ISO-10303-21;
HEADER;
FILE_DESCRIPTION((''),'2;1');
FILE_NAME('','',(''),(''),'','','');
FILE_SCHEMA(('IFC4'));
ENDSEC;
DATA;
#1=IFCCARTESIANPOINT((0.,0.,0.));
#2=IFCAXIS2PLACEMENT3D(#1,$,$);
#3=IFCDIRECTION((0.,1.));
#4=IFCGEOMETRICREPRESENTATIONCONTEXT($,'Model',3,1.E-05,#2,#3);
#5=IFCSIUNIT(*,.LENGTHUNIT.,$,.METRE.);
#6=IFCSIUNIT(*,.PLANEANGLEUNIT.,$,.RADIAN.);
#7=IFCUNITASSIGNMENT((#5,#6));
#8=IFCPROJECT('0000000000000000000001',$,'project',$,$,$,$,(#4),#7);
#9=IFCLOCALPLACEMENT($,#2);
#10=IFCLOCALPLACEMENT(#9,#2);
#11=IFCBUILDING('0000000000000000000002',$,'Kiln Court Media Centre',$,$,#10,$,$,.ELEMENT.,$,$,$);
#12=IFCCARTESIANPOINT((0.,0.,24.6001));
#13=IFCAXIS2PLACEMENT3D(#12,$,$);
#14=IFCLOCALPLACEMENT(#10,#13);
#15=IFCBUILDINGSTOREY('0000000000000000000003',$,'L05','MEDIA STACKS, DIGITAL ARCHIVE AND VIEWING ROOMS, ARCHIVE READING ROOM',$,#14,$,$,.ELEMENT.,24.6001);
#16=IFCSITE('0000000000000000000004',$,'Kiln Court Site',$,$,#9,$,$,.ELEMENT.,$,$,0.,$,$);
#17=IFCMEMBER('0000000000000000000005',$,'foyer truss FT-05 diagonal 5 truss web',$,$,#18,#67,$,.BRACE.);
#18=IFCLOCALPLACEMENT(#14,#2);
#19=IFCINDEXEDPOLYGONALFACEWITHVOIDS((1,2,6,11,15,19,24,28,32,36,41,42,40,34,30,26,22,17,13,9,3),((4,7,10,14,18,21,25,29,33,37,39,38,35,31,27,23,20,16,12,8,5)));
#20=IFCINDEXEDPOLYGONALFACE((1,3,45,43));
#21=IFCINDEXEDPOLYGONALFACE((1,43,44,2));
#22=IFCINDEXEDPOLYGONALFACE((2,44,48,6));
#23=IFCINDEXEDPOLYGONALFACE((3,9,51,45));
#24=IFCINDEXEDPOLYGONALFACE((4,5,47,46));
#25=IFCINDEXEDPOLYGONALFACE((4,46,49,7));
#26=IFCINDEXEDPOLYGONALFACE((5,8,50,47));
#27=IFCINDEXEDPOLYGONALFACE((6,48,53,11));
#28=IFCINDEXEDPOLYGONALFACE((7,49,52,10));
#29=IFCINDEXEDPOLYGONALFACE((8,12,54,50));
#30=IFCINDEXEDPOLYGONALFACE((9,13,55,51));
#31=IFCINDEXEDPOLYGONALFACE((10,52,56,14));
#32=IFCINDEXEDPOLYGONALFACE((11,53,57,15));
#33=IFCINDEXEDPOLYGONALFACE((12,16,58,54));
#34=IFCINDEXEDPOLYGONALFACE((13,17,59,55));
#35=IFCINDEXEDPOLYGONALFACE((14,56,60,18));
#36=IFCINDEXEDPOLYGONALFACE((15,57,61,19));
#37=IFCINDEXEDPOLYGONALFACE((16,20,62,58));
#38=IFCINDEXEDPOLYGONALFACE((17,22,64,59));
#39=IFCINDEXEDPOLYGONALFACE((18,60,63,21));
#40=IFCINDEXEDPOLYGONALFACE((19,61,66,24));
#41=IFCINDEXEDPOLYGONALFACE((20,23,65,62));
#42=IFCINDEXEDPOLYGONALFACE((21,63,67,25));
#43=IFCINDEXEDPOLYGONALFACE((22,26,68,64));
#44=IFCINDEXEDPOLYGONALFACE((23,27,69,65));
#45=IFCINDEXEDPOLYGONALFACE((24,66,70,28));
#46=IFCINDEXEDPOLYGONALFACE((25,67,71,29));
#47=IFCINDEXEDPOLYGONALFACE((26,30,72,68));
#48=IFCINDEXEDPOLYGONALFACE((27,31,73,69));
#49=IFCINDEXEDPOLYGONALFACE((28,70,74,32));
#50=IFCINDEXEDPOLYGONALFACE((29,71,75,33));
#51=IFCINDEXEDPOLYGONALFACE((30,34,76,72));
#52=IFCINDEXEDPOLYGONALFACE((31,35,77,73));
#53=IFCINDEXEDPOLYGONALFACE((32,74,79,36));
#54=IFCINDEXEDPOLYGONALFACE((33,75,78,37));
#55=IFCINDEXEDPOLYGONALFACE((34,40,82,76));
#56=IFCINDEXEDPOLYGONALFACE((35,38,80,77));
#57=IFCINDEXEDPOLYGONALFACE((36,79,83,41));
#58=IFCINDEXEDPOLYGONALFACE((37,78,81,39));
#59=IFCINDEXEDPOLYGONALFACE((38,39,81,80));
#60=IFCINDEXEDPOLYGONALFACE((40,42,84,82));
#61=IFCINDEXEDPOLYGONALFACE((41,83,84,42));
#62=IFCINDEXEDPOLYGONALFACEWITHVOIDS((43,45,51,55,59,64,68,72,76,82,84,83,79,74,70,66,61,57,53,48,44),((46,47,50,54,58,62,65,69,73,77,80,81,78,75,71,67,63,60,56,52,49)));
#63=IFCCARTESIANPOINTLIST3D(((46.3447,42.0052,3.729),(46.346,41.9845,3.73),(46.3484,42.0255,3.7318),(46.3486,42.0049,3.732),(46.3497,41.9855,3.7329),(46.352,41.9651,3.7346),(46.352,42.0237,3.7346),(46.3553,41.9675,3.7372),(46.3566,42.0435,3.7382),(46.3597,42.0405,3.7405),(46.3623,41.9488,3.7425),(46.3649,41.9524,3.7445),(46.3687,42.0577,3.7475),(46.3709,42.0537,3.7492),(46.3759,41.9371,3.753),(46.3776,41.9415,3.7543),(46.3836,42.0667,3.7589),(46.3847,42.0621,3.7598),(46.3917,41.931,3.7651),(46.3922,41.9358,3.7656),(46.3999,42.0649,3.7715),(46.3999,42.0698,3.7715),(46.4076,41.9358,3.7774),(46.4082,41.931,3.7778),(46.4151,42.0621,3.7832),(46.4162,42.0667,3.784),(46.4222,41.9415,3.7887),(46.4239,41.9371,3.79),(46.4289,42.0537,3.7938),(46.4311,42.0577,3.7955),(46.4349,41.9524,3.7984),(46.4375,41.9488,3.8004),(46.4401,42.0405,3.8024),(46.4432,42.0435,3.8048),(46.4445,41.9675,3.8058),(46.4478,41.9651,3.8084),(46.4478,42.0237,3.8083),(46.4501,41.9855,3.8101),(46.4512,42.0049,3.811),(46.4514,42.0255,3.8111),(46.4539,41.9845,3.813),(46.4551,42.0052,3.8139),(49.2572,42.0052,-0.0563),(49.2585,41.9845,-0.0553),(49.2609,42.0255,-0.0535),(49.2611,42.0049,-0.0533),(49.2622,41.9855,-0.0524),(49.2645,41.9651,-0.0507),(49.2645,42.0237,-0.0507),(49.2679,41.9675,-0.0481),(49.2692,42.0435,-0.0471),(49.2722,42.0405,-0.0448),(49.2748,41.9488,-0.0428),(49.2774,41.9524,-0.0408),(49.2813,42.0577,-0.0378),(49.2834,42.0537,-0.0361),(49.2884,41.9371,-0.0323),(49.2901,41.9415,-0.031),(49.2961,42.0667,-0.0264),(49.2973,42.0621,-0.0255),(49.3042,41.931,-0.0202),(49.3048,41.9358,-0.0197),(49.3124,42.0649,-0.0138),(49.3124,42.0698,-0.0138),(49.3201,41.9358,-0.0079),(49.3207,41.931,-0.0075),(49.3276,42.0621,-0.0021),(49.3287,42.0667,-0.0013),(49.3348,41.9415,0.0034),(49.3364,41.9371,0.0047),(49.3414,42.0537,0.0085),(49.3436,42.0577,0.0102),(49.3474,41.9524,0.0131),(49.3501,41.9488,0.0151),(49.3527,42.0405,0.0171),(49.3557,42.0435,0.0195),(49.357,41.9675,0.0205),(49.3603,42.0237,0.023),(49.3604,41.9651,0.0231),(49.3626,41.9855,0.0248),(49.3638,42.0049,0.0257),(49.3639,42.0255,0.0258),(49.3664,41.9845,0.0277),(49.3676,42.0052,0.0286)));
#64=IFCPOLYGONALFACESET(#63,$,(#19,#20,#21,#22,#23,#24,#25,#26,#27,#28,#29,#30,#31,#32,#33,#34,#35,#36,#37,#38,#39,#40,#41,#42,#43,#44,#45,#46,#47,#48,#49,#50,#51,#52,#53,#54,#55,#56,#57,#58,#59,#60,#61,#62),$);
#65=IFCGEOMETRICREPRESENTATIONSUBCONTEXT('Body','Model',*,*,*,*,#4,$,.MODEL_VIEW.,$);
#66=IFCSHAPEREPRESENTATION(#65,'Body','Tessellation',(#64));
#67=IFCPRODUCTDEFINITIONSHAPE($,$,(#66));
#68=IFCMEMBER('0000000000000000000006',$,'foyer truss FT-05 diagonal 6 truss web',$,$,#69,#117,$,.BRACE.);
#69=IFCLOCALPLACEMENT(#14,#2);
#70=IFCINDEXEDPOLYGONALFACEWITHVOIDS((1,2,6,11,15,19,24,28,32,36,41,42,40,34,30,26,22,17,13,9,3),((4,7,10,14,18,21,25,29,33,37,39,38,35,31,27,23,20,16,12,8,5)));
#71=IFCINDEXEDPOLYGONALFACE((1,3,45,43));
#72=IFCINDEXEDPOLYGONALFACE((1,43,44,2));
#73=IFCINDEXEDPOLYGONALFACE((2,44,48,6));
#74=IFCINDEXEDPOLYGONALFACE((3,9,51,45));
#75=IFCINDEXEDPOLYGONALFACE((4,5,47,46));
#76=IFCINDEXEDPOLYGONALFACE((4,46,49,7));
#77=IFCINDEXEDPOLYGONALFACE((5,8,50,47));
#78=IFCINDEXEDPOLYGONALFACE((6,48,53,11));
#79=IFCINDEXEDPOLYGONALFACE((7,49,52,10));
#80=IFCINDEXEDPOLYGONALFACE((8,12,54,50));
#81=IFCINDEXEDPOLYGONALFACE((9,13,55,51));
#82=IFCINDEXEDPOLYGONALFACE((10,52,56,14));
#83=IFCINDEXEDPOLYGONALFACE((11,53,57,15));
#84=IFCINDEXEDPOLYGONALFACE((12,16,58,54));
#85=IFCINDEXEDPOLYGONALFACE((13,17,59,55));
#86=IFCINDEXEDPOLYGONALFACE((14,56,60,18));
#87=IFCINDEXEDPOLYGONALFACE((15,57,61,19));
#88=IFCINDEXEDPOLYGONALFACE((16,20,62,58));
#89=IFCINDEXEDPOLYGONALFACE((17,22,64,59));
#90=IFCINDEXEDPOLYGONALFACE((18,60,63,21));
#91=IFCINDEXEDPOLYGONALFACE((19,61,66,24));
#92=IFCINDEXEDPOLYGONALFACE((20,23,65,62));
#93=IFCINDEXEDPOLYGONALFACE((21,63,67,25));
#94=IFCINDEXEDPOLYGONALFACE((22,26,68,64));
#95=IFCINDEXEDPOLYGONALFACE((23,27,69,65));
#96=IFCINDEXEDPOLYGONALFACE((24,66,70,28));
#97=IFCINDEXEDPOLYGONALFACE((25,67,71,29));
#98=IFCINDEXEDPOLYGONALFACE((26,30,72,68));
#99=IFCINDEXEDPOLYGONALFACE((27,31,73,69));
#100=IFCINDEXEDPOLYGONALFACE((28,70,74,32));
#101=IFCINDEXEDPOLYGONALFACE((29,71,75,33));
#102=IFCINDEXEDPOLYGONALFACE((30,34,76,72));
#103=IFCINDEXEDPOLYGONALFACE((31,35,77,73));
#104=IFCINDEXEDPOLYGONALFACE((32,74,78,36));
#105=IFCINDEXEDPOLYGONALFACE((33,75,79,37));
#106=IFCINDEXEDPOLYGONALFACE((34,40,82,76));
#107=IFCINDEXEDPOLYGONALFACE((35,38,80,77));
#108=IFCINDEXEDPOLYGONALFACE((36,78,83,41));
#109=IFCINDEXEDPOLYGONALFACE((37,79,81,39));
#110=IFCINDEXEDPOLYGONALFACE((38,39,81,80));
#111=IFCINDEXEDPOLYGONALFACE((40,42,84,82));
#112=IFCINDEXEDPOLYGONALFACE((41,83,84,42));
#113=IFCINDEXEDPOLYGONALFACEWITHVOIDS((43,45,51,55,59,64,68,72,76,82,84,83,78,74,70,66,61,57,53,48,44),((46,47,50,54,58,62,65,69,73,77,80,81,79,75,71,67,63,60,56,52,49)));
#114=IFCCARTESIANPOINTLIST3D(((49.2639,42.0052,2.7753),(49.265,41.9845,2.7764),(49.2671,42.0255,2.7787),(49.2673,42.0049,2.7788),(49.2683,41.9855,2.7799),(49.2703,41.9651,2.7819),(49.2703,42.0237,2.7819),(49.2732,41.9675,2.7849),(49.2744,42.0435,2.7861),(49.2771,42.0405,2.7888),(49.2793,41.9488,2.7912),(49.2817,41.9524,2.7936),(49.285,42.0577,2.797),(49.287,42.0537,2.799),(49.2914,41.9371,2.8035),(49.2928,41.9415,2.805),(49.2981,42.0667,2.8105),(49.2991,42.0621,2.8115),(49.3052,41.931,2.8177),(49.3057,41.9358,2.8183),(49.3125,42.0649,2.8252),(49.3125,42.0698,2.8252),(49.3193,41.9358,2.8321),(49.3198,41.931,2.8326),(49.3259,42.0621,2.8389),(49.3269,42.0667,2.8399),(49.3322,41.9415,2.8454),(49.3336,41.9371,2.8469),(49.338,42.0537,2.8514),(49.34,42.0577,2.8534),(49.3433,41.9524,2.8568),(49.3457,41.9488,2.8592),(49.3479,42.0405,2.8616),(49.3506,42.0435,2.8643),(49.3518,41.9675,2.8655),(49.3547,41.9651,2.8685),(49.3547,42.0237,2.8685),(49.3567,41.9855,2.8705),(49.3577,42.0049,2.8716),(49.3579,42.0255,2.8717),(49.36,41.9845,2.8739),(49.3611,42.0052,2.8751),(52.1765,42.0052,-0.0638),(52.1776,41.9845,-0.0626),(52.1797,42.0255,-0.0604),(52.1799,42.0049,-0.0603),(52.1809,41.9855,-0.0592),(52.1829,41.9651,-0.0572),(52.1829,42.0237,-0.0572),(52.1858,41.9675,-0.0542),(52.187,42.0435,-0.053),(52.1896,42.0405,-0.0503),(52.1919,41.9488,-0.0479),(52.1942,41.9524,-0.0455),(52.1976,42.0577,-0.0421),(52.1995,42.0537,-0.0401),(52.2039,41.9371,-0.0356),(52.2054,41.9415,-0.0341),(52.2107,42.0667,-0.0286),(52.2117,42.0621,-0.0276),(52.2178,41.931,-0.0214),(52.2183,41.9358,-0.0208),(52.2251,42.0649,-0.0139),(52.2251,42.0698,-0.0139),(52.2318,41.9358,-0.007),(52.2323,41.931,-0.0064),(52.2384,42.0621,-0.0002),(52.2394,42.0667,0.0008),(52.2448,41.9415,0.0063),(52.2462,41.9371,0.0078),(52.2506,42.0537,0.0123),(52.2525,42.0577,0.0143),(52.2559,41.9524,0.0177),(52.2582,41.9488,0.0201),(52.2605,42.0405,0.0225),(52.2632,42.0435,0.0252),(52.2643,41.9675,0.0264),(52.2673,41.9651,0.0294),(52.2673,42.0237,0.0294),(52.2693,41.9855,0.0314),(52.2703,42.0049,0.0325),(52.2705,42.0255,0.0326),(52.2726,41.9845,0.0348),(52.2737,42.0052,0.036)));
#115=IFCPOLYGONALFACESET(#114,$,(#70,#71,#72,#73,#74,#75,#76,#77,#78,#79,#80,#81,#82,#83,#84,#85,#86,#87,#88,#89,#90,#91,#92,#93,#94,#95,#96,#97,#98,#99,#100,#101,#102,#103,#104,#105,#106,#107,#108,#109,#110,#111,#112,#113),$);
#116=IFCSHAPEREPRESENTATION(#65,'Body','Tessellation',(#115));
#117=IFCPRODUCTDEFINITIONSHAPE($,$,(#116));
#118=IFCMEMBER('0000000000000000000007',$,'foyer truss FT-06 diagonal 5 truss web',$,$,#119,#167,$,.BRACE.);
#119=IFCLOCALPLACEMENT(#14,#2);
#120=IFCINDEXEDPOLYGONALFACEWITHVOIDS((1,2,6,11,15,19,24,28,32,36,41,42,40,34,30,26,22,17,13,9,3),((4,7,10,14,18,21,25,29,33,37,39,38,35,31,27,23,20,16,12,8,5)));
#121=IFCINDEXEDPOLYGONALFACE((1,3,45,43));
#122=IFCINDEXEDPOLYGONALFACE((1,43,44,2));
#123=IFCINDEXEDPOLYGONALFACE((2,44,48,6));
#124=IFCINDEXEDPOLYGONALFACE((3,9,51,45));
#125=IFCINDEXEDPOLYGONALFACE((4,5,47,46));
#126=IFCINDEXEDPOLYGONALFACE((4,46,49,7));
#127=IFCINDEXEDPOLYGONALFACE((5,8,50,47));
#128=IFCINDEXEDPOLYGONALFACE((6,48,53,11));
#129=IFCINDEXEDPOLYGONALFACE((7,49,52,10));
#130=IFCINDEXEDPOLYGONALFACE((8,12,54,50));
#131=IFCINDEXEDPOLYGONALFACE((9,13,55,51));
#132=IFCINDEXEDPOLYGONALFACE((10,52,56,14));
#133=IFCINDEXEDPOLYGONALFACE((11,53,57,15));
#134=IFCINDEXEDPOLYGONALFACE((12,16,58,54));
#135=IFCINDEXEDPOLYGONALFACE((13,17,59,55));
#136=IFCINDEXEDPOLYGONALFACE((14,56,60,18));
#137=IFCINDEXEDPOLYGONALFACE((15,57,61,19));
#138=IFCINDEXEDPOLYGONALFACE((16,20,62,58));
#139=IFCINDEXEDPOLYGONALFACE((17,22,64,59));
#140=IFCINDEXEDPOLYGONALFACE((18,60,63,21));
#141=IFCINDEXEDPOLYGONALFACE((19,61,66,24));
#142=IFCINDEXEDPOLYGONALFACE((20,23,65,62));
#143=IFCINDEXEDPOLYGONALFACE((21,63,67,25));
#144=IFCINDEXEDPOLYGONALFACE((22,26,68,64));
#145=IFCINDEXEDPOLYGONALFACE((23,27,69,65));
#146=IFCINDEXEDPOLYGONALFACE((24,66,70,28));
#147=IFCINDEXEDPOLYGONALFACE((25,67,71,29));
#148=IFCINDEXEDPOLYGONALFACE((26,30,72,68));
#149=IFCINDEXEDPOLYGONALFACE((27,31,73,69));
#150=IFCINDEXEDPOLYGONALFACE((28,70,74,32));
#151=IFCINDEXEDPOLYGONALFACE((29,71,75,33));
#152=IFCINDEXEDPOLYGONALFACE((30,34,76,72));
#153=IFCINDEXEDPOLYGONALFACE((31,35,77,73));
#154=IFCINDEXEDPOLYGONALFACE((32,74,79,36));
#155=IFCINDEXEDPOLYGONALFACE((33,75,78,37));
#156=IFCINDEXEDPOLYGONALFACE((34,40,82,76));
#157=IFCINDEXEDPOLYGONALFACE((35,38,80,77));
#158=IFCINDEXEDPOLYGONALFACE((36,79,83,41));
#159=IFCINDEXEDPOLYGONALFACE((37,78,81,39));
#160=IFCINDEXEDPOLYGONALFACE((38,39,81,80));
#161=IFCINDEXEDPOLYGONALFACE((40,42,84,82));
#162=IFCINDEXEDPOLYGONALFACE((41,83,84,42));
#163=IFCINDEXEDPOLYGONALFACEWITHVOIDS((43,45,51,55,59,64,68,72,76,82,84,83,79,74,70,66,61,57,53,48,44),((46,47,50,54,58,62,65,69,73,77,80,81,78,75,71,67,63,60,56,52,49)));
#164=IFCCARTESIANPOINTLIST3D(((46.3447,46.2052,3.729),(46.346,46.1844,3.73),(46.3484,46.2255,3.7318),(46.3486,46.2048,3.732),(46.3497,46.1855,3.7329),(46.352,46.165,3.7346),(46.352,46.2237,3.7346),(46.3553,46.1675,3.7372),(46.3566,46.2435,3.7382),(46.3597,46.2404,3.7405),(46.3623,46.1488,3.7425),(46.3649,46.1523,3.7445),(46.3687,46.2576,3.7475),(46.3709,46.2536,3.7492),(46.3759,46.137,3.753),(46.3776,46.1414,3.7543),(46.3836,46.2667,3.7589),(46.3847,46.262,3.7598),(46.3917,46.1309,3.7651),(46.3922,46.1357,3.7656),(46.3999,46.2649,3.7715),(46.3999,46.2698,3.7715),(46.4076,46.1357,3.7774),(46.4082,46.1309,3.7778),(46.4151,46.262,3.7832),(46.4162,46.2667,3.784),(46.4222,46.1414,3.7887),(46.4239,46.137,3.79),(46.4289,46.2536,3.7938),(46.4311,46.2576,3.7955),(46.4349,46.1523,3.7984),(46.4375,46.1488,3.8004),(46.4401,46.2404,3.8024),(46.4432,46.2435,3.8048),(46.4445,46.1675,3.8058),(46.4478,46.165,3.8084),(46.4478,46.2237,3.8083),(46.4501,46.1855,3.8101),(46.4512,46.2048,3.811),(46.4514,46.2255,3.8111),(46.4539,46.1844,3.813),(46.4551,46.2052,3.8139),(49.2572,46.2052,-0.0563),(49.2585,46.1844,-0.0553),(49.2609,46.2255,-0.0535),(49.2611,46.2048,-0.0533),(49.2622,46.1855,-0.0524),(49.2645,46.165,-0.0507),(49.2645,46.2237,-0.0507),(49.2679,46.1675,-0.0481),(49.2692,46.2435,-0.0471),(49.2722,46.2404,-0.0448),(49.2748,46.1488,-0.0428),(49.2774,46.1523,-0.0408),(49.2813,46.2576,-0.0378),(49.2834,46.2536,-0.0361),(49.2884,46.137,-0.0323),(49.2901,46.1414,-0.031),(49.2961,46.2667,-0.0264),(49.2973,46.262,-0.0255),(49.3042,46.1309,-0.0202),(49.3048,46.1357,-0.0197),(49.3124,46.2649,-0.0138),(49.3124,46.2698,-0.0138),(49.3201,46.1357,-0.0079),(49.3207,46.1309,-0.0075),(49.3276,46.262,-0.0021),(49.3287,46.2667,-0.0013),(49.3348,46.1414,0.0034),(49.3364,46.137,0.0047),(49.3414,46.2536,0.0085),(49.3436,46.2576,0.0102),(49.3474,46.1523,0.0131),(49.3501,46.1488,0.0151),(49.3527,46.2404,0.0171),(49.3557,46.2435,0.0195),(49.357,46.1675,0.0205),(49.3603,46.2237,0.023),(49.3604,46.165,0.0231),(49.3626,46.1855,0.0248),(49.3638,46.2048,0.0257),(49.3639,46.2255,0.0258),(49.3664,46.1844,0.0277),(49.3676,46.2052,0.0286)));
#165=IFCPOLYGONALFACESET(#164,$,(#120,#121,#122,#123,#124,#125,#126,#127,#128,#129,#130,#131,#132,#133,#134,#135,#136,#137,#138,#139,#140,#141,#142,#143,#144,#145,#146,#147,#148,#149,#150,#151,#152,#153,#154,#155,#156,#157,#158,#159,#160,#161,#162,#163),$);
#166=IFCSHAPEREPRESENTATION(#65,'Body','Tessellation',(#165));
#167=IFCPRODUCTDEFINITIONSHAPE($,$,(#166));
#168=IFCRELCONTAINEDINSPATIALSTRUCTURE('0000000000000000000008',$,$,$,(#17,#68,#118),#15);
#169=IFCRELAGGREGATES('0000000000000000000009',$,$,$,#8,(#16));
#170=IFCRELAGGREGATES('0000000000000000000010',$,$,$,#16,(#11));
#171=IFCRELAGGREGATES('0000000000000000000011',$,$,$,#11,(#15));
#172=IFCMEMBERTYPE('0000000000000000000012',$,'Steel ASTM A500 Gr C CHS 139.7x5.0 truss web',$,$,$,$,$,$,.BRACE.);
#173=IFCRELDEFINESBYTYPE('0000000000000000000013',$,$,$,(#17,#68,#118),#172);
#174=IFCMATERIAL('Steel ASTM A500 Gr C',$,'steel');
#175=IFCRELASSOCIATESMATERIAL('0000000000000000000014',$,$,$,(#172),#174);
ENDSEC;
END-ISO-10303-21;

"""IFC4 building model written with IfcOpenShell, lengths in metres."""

from ifc_helpers import new_model, si_unit, direction, frame, origin, origin_2d, place, context, subcontext, project, spatial, hollow_circle, extrude, material, material_profile, profile_set, type_object, element, save


model = new_model("IFC4")

# Units and contexts
model_context = context("Model", 3, precision=1e-05, world=origin(), true_north=direction((0.0, 1.0)))
body_context = subcontext(model_context, "Body", "Model", "MODEL_VIEW")
ifc_project = project(units=[si_unit("LENGTHUNIT", "METRE"), si_unit("PLANEANGLEUNIT", "RADIAN")], contexts=[model_context])

# Site, building, storey
site_placement = place(None, origin())
site = spatial("IfcSite", under=ifc_project, at=site_placement, Name="Kiln Court Site", CompositionType="ELEMENT", RefElevation=0.0)
building_placement = place(site_placement, origin())
building = spatial("IfcBuilding", under=site, at=building_placement, Name="Kiln Court Media Centre", CompositionType="ELEMENT")
storey_placement = place(building_placement, frame((0.0, 0.0, 24.6001)))
storey = spatial("IfcBuildingStorey", under=building, at=storey_placement, Name="L05", Description="MEDIA STACKS, DIGITAL ARCHIVE AND VIEWING ROOMS, ARCHIVE READING ROOM", CompositionType="ELEMENT", Elevation=24.6001)

# Members
ifc_material_1 = material(Name="Steel ASTM A500 Gr C", Category="steel")
ifc_material_profile_1 = material_profile(ifc_material_1, hollow_circle(Radius=0.0698, WallThickness=0.0049, at=origin_2d()), Name="CHS 139.7x5.0")
ifc_profile_set_1 = profile_set([ifc_material_profile_1], Name="Steel ASTM A500 Gr C")
member_type_1 = type_object("IfcMemberType", Name="Steel ASTM A500 Gr C CHS 139.7x5.0 truss web", PredefinedType="BRACE", material=ifc_profile_set_1)
member_1_placement = place(storey_placement, frame((46.3999, 42.0, 3.7715), z_axis=(0.60981, 0.0, -0.792548), x_axis=(0.0, 1.0, 0.0)))
element("IfcMember", 1, at=member_1_placement, inside=storey, type_object=member_type_1, Name="foyer truss FT-05 diagonal 5 truss web", PredefinedType="BRACE", context=body_context, shape_type="SweptSolid", body=[
    extrude(hollow_circle(Radius=0.0698, WallThickness=0.0049, at=origin_2d()), origin(), (0.0, 0.0, 1.0), 4.7761),
])
member_2_placement = place(storey_placement, frame((49.3125, 42.0, 2.8252), z_axis=(0.716083, 0.0, -0.698016), x_axis=(0.0, 1.0, 0.0)))
element("IfcMember", 2, at=member_2_placement, inside=storey, type_object=member_type_1, Name="foyer truss FT-05 diagonal 6 truss web", PredefinedType="BRACE", context=body_context, shape_type="SweptSolid", body=[
    extrude(hollow_circle(Radius=0.0698, WallThickness=0.0049, at=origin_2d()), origin(), (0.0, 0.0, 1.0), 4.0674),
])
member_3_placement = place(storey_placement, frame((46.3999, 46.2, 3.7715), z_axis=(0.60981, 0.0, -0.792548), x_axis=(0.0, 1.0, 0.0)))
element("IfcMember", 3, at=member_3_placement, inside=storey, type_object=member_type_1, Name="foyer truss FT-06 diagonal 5 truss web", PredefinedType="BRACE", context=body_context, shape_type="SweptSolid", body=[
    extrude(hollow_circle(Radius=0.0698, WallThickness=0.0049, at=origin_2d()), origin(), (0.0, 0.0, 1.0), 4.7761),
])

save(model, "model.ifc")
